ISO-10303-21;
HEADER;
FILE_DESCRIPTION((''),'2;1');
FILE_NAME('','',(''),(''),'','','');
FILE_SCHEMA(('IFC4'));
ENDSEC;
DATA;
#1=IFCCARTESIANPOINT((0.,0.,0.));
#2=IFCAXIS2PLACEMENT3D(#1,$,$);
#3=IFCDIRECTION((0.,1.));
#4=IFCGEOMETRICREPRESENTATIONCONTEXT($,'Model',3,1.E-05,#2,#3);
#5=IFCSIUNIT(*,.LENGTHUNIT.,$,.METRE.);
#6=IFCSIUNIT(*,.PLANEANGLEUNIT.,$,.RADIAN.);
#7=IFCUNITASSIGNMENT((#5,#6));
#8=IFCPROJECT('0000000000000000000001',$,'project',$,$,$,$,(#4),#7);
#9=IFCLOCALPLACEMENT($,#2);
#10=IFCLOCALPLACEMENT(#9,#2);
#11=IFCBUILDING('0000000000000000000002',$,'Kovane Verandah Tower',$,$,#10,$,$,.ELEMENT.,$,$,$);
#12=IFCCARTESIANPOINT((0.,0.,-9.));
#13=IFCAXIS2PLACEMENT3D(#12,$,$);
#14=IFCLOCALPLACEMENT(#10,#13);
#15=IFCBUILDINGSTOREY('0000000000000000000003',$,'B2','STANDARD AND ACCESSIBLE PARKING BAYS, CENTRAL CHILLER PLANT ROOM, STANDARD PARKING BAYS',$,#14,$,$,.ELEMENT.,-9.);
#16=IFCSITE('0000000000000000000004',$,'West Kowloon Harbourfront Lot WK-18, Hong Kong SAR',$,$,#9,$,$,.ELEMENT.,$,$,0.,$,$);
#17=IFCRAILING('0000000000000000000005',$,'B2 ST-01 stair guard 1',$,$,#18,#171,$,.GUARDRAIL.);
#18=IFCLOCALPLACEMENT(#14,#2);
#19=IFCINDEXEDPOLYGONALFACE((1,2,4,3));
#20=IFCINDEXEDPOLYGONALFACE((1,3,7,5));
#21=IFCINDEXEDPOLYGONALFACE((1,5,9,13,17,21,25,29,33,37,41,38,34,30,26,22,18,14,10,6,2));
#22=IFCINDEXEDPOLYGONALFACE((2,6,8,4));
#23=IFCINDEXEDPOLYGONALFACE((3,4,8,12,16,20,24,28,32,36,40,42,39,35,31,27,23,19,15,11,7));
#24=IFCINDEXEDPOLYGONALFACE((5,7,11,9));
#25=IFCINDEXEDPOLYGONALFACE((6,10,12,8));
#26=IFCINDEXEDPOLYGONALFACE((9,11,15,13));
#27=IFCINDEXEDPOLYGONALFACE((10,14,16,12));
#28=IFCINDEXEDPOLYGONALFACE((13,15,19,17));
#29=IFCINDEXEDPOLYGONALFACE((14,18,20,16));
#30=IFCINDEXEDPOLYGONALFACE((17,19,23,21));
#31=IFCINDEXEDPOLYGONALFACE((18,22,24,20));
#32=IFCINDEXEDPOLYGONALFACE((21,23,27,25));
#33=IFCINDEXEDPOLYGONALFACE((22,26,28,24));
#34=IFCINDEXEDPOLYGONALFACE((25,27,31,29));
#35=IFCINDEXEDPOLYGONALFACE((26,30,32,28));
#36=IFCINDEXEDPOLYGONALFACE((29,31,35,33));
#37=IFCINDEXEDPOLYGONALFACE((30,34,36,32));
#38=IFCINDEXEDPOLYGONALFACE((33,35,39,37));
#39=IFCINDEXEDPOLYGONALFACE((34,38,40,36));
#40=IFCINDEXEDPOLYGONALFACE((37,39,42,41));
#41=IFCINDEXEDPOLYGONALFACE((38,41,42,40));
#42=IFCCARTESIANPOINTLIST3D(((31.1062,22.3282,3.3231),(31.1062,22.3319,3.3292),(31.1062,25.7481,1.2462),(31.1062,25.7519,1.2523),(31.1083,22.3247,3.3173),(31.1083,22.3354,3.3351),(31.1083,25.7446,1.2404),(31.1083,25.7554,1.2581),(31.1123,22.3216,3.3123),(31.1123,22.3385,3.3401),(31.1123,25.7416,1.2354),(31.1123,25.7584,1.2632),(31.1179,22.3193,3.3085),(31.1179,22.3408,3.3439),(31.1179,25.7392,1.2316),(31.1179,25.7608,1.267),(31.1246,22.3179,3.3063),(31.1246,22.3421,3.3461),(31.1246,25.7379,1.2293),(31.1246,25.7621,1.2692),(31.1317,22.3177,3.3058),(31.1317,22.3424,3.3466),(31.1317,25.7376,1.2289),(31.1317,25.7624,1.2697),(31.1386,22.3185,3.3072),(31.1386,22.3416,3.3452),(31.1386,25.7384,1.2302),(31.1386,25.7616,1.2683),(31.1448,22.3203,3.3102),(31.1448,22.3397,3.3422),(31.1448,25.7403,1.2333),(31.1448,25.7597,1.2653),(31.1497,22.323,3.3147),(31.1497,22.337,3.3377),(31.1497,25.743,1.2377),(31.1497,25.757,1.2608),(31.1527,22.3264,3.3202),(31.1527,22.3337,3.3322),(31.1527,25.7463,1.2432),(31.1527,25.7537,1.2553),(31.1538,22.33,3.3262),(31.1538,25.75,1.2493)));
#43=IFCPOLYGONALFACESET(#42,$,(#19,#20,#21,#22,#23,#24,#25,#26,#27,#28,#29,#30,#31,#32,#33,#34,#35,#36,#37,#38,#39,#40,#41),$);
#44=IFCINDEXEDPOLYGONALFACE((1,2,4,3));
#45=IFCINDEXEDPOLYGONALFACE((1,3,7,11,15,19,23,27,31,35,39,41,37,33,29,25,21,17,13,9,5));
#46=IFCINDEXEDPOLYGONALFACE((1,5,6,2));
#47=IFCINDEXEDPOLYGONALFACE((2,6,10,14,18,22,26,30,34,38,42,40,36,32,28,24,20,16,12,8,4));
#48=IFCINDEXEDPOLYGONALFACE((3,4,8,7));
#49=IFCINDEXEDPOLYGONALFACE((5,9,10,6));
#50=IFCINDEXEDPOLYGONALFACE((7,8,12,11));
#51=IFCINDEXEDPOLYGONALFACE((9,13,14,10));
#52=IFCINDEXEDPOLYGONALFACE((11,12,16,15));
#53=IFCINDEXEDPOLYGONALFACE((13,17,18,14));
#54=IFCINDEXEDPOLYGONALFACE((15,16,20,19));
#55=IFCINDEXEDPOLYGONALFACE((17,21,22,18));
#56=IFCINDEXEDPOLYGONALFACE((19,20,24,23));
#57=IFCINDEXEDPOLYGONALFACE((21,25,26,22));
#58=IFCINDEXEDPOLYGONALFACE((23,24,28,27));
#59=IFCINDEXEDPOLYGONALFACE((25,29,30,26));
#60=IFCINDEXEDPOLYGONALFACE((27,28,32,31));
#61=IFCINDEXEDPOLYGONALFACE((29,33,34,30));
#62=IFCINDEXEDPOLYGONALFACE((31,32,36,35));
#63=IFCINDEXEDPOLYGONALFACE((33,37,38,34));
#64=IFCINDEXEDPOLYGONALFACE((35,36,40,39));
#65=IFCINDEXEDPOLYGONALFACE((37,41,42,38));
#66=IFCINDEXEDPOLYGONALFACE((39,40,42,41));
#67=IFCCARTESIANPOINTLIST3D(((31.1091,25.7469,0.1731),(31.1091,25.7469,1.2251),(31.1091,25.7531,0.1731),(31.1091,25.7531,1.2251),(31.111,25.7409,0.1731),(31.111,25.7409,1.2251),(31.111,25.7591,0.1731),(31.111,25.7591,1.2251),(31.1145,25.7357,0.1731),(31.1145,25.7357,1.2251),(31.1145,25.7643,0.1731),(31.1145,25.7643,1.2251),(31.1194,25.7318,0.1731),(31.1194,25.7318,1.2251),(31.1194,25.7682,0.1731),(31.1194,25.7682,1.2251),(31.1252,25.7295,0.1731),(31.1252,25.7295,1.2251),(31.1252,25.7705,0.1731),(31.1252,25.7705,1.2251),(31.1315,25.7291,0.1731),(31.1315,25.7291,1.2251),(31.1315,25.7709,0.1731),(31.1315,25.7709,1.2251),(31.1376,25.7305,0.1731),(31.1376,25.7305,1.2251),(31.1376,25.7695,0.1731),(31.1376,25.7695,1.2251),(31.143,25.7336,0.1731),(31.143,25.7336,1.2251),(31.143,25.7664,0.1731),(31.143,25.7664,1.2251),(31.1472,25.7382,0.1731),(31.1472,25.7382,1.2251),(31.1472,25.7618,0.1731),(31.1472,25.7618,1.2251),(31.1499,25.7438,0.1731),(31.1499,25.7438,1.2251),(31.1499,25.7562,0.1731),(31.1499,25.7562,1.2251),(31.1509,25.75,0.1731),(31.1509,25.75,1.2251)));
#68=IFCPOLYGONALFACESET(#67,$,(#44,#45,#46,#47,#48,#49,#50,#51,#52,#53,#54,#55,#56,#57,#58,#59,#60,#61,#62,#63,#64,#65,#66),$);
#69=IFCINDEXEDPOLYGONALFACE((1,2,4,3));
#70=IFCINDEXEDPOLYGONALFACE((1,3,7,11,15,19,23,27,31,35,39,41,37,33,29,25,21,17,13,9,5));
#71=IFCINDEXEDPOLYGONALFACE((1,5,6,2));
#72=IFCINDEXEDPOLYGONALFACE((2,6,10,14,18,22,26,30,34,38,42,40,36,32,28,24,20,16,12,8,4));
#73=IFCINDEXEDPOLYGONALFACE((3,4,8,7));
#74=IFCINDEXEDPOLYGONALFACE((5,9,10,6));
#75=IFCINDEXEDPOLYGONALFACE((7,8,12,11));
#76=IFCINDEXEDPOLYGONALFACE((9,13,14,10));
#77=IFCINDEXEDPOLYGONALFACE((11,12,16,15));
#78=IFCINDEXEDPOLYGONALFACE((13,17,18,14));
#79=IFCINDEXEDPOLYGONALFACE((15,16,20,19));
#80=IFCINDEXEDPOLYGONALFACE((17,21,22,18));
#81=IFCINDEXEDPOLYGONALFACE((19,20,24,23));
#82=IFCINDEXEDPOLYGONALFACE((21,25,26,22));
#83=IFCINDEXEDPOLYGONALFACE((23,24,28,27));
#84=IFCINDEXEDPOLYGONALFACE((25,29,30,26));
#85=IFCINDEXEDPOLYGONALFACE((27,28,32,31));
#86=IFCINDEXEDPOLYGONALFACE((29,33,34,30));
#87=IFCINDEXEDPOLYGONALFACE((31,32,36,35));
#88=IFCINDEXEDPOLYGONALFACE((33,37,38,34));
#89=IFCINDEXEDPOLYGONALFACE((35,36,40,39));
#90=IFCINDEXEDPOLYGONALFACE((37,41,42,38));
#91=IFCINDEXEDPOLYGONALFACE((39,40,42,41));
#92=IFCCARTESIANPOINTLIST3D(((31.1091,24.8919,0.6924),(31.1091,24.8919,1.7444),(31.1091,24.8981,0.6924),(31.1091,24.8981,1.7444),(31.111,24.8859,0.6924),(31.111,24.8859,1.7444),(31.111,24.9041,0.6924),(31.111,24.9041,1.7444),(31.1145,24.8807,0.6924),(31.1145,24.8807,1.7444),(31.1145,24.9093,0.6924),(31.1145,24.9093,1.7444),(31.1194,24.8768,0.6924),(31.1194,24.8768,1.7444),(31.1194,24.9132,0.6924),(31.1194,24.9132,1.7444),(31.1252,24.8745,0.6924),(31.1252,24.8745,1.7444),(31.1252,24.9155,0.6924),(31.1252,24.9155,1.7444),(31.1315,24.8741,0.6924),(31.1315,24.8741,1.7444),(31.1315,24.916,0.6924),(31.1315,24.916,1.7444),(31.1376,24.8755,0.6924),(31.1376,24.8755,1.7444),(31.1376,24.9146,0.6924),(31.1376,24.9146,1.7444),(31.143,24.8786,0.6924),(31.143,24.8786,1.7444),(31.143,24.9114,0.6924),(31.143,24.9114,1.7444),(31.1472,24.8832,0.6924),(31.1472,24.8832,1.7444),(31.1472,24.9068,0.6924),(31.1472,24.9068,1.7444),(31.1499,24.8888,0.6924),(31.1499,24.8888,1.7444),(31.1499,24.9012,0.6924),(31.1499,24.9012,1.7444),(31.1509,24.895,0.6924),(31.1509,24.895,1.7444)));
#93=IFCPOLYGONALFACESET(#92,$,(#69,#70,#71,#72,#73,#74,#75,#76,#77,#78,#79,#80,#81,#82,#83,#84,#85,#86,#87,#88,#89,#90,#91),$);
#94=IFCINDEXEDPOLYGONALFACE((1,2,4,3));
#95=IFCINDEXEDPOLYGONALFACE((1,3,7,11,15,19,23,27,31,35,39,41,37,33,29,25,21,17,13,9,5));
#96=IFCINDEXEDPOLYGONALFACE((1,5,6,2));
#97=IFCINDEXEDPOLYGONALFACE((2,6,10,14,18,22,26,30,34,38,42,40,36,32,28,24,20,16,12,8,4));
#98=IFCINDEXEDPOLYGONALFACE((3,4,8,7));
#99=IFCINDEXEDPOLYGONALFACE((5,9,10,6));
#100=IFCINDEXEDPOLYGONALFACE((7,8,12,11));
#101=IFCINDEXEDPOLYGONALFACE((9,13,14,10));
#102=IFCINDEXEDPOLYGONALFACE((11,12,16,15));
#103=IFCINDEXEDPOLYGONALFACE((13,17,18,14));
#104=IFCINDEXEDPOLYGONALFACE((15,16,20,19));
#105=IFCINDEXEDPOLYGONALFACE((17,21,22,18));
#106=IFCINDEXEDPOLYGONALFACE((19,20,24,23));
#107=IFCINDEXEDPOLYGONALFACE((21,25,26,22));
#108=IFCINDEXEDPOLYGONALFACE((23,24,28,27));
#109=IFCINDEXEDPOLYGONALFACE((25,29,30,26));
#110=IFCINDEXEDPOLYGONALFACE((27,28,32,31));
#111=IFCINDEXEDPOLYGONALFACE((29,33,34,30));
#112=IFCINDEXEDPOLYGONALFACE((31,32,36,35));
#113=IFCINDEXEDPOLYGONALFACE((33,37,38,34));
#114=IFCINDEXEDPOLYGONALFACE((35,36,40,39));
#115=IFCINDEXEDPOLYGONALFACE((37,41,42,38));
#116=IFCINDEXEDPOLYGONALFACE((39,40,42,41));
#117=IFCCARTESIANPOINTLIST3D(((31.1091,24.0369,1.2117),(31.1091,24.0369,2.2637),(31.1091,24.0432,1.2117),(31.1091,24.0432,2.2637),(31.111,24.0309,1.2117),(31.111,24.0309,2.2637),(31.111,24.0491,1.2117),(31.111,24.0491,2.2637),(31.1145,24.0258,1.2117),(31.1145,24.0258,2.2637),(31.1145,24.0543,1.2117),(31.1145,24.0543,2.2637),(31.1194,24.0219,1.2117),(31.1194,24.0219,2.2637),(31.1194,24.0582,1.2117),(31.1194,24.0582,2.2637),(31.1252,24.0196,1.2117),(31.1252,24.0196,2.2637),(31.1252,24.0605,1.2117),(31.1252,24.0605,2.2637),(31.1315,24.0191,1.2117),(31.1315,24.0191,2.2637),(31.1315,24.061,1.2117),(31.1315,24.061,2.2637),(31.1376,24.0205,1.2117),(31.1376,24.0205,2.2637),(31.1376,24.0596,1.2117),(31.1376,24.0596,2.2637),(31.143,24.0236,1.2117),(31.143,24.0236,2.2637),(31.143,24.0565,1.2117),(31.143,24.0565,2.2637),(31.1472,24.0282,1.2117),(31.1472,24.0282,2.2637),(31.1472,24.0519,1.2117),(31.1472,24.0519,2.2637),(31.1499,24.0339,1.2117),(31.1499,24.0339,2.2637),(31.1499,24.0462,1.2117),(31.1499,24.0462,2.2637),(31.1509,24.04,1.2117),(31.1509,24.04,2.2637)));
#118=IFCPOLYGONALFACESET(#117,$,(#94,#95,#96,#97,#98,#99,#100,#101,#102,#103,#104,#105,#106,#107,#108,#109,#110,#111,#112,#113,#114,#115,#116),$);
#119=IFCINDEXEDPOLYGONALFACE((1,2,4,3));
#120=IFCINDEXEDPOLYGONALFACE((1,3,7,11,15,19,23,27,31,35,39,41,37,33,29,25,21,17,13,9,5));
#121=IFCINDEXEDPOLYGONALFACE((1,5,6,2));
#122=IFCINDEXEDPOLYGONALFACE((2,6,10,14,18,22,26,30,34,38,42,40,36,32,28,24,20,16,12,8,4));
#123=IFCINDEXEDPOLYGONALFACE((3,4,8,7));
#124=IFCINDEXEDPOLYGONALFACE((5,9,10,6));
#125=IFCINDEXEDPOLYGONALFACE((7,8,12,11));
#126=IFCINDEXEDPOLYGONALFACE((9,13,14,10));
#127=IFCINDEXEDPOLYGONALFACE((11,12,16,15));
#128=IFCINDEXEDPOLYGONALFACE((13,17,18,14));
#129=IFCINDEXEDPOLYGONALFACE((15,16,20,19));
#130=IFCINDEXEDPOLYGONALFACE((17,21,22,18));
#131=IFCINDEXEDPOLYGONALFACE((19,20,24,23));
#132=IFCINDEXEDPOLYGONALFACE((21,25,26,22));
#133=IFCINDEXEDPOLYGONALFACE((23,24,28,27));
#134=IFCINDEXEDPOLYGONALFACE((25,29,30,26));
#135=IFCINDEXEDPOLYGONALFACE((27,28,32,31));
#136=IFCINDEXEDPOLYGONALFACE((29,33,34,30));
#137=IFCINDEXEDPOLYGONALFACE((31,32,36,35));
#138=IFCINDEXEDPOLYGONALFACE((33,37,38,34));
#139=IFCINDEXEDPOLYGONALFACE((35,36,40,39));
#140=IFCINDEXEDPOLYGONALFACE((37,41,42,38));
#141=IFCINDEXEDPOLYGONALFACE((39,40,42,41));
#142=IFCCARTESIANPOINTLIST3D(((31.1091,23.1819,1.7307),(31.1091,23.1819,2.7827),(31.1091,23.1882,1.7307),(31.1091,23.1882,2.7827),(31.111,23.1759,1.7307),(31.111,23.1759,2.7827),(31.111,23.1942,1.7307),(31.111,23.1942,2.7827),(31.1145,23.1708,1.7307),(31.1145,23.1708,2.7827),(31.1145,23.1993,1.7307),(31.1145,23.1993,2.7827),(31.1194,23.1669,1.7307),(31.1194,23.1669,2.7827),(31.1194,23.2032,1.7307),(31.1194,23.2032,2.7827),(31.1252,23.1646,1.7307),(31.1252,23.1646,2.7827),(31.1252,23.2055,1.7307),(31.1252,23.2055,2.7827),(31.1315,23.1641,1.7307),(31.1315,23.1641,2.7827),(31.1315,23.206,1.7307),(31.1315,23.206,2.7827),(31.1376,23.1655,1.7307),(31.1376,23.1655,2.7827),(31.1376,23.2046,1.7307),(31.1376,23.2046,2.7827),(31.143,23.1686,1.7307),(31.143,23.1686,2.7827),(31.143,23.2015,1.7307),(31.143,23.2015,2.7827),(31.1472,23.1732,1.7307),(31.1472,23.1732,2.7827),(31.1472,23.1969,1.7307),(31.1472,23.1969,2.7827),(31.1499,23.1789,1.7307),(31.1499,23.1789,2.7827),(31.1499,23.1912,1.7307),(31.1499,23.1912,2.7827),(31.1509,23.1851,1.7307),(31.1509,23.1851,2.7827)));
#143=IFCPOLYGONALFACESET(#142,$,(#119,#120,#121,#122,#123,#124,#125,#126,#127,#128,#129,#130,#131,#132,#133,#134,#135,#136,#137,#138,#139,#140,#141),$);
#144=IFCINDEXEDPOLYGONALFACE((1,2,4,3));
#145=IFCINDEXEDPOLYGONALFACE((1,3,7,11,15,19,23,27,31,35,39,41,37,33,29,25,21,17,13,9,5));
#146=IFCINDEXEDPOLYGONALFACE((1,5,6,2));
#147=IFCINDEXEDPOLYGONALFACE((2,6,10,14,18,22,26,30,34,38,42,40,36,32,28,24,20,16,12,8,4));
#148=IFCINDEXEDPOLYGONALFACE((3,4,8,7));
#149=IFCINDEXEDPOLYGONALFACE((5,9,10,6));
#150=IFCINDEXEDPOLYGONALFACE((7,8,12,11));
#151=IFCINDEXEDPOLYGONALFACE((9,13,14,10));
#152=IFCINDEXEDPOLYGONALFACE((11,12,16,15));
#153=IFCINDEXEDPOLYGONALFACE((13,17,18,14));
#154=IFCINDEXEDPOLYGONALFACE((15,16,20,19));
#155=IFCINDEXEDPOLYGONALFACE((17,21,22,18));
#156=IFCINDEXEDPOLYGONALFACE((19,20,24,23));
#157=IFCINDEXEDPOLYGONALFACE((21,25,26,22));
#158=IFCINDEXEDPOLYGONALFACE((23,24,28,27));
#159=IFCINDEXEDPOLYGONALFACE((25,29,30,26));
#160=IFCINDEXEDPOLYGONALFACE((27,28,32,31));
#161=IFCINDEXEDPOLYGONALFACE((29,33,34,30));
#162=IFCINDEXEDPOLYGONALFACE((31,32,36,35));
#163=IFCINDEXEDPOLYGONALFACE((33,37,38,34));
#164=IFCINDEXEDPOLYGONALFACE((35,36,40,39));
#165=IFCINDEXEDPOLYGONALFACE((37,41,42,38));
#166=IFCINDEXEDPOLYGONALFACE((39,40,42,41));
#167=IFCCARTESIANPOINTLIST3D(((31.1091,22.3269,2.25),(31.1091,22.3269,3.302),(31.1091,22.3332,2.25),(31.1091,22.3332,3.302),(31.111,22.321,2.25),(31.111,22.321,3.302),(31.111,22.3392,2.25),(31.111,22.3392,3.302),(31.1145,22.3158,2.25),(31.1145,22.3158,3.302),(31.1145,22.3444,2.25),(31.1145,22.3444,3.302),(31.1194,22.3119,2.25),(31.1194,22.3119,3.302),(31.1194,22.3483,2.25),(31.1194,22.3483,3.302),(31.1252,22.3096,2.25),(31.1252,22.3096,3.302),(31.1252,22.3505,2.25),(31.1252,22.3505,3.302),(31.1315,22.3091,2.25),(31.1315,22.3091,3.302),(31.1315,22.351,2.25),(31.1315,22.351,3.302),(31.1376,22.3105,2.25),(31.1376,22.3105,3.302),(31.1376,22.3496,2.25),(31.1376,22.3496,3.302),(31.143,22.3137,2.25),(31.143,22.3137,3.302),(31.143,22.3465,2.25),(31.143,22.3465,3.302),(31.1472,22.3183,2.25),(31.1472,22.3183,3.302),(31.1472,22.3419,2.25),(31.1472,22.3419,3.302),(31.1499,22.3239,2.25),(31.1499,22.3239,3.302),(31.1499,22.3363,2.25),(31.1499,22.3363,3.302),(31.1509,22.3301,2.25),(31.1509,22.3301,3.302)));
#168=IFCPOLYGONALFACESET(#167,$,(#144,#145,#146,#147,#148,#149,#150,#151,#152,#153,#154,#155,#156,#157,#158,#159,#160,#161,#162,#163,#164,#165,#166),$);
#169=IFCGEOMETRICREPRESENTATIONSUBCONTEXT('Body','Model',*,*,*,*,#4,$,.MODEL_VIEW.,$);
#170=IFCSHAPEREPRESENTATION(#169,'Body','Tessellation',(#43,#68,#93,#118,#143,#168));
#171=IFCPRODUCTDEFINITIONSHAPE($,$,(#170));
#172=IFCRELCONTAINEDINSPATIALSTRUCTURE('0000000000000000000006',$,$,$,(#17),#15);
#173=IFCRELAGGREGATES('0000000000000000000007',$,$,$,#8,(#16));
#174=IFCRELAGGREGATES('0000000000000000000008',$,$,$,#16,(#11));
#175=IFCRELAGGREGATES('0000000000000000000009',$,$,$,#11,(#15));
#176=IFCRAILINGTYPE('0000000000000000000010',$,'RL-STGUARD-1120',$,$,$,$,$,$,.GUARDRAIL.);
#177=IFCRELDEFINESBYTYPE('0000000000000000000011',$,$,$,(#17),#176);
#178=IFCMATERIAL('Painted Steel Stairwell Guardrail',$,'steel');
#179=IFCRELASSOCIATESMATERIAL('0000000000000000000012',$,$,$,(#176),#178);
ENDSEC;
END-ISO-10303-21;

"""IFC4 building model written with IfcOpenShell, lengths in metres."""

from ifc_helpers import new_model, si_unit, direction, frame, origin, origin_2d, place, context, subcontext, project, spatial, circle, extrude, material, type_object, element, save


model = new_model("IFC4")

# Units and contexts
model_context = context("Model", 3, precision=1e-05, world=origin(), true_north=direction((0.0, 1.0)))
body_context = subcontext(model_context, "Body", "Model", "MODEL_VIEW")
ifc_project = project(units=[si_unit("LENGTHUNIT", "METRE"), si_unit("PLANEANGLEUNIT", "RADIAN")], contexts=[model_context])

# Site, building, storey
site_placement = place(None, origin())
site = spatial("IfcSite", under=ifc_project, at=site_placement, Name="West Kowloon Harbourfront Lot WK-18, Hong Kong SAR", CompositionType="ELEMENT", RefElevation=0.0)
building_placement = place(site_placement, origin())
building = spatial("IfcBuilding", under=site, at=building_placement, Name="Kovane Verandah Tower", CompositionType="ELEMENT")
storey_placement = place(building_placement, frame((0.0, 0.0, -9.0)))
storey = spatial("IfcBuildingStorey", under=building, at=storey_placement, Name="B2", Description="STANDARD AND ACCESSIBLE PARKING BAYS, CENTRAL CHILLER PLANT ROOM, STANDARD PARKING BAYS", CompositionType="ELEMENT", Elevation=-9.0)

# Railing
ifc_material_1 = material(Name="Painted Steel Stairwell Guardrail", Category="steel")
railing_type_1 = type_object("IfcRailingType", Name="RL-STGUARD-1120", PredefinedType="GUARDRAIL", material=ifc_material_1)
railing_1_placement = place(storey_placement, frame((31.1299, 25.75, 0.1731)))
element("IfcRailing", 1, at=railing_1_placement, inside=storey, type_object=railing_type_1, Name="B2 ST-01 stair guard 1", PredefinedType="GUARDRAIL", context=body_context, shape_type="SweptSolid", body=[
    extrude(circle(Radius=0.0239, at=origin_2d()), frame((0.0, 0.0, 1.0762), z_axis=(0.0, -0.85473, 0.519074), x_axis=(1.0, 0.0, 0.0)), (0.0, 0.0, 1.0), 4.0012),
    extrude(circle(Radius=0.021, at=origin_2d()), origin(), (0.0, 0.0, 1.0), 1.052),
    extrude(circle(Radius=0.021, at=origin_2d()), frame((0.0, -0.855, 0.5193)), (0.0, 0.0, 1.0), 1.052),
    extrude(circle(Radius=0.021, at=origin_2d()), frame((0.0, -1.71, 1.0386)), (0.0, 0.0, 1.0), 1.052),
    extrude(circle(Radius=0.021, at=origin_2d()), frame((0.0, -2.5649, 1.5576)), (0.0, 0.0, 1.0), 1.052),
    extrude(circle(Radius=0.021, at=origin_2d()), frame((0.0, -3.4199, 2.0769)), (0.0, 0.0, 1.0), 1.052),
])

save(model, "model.ifc")
